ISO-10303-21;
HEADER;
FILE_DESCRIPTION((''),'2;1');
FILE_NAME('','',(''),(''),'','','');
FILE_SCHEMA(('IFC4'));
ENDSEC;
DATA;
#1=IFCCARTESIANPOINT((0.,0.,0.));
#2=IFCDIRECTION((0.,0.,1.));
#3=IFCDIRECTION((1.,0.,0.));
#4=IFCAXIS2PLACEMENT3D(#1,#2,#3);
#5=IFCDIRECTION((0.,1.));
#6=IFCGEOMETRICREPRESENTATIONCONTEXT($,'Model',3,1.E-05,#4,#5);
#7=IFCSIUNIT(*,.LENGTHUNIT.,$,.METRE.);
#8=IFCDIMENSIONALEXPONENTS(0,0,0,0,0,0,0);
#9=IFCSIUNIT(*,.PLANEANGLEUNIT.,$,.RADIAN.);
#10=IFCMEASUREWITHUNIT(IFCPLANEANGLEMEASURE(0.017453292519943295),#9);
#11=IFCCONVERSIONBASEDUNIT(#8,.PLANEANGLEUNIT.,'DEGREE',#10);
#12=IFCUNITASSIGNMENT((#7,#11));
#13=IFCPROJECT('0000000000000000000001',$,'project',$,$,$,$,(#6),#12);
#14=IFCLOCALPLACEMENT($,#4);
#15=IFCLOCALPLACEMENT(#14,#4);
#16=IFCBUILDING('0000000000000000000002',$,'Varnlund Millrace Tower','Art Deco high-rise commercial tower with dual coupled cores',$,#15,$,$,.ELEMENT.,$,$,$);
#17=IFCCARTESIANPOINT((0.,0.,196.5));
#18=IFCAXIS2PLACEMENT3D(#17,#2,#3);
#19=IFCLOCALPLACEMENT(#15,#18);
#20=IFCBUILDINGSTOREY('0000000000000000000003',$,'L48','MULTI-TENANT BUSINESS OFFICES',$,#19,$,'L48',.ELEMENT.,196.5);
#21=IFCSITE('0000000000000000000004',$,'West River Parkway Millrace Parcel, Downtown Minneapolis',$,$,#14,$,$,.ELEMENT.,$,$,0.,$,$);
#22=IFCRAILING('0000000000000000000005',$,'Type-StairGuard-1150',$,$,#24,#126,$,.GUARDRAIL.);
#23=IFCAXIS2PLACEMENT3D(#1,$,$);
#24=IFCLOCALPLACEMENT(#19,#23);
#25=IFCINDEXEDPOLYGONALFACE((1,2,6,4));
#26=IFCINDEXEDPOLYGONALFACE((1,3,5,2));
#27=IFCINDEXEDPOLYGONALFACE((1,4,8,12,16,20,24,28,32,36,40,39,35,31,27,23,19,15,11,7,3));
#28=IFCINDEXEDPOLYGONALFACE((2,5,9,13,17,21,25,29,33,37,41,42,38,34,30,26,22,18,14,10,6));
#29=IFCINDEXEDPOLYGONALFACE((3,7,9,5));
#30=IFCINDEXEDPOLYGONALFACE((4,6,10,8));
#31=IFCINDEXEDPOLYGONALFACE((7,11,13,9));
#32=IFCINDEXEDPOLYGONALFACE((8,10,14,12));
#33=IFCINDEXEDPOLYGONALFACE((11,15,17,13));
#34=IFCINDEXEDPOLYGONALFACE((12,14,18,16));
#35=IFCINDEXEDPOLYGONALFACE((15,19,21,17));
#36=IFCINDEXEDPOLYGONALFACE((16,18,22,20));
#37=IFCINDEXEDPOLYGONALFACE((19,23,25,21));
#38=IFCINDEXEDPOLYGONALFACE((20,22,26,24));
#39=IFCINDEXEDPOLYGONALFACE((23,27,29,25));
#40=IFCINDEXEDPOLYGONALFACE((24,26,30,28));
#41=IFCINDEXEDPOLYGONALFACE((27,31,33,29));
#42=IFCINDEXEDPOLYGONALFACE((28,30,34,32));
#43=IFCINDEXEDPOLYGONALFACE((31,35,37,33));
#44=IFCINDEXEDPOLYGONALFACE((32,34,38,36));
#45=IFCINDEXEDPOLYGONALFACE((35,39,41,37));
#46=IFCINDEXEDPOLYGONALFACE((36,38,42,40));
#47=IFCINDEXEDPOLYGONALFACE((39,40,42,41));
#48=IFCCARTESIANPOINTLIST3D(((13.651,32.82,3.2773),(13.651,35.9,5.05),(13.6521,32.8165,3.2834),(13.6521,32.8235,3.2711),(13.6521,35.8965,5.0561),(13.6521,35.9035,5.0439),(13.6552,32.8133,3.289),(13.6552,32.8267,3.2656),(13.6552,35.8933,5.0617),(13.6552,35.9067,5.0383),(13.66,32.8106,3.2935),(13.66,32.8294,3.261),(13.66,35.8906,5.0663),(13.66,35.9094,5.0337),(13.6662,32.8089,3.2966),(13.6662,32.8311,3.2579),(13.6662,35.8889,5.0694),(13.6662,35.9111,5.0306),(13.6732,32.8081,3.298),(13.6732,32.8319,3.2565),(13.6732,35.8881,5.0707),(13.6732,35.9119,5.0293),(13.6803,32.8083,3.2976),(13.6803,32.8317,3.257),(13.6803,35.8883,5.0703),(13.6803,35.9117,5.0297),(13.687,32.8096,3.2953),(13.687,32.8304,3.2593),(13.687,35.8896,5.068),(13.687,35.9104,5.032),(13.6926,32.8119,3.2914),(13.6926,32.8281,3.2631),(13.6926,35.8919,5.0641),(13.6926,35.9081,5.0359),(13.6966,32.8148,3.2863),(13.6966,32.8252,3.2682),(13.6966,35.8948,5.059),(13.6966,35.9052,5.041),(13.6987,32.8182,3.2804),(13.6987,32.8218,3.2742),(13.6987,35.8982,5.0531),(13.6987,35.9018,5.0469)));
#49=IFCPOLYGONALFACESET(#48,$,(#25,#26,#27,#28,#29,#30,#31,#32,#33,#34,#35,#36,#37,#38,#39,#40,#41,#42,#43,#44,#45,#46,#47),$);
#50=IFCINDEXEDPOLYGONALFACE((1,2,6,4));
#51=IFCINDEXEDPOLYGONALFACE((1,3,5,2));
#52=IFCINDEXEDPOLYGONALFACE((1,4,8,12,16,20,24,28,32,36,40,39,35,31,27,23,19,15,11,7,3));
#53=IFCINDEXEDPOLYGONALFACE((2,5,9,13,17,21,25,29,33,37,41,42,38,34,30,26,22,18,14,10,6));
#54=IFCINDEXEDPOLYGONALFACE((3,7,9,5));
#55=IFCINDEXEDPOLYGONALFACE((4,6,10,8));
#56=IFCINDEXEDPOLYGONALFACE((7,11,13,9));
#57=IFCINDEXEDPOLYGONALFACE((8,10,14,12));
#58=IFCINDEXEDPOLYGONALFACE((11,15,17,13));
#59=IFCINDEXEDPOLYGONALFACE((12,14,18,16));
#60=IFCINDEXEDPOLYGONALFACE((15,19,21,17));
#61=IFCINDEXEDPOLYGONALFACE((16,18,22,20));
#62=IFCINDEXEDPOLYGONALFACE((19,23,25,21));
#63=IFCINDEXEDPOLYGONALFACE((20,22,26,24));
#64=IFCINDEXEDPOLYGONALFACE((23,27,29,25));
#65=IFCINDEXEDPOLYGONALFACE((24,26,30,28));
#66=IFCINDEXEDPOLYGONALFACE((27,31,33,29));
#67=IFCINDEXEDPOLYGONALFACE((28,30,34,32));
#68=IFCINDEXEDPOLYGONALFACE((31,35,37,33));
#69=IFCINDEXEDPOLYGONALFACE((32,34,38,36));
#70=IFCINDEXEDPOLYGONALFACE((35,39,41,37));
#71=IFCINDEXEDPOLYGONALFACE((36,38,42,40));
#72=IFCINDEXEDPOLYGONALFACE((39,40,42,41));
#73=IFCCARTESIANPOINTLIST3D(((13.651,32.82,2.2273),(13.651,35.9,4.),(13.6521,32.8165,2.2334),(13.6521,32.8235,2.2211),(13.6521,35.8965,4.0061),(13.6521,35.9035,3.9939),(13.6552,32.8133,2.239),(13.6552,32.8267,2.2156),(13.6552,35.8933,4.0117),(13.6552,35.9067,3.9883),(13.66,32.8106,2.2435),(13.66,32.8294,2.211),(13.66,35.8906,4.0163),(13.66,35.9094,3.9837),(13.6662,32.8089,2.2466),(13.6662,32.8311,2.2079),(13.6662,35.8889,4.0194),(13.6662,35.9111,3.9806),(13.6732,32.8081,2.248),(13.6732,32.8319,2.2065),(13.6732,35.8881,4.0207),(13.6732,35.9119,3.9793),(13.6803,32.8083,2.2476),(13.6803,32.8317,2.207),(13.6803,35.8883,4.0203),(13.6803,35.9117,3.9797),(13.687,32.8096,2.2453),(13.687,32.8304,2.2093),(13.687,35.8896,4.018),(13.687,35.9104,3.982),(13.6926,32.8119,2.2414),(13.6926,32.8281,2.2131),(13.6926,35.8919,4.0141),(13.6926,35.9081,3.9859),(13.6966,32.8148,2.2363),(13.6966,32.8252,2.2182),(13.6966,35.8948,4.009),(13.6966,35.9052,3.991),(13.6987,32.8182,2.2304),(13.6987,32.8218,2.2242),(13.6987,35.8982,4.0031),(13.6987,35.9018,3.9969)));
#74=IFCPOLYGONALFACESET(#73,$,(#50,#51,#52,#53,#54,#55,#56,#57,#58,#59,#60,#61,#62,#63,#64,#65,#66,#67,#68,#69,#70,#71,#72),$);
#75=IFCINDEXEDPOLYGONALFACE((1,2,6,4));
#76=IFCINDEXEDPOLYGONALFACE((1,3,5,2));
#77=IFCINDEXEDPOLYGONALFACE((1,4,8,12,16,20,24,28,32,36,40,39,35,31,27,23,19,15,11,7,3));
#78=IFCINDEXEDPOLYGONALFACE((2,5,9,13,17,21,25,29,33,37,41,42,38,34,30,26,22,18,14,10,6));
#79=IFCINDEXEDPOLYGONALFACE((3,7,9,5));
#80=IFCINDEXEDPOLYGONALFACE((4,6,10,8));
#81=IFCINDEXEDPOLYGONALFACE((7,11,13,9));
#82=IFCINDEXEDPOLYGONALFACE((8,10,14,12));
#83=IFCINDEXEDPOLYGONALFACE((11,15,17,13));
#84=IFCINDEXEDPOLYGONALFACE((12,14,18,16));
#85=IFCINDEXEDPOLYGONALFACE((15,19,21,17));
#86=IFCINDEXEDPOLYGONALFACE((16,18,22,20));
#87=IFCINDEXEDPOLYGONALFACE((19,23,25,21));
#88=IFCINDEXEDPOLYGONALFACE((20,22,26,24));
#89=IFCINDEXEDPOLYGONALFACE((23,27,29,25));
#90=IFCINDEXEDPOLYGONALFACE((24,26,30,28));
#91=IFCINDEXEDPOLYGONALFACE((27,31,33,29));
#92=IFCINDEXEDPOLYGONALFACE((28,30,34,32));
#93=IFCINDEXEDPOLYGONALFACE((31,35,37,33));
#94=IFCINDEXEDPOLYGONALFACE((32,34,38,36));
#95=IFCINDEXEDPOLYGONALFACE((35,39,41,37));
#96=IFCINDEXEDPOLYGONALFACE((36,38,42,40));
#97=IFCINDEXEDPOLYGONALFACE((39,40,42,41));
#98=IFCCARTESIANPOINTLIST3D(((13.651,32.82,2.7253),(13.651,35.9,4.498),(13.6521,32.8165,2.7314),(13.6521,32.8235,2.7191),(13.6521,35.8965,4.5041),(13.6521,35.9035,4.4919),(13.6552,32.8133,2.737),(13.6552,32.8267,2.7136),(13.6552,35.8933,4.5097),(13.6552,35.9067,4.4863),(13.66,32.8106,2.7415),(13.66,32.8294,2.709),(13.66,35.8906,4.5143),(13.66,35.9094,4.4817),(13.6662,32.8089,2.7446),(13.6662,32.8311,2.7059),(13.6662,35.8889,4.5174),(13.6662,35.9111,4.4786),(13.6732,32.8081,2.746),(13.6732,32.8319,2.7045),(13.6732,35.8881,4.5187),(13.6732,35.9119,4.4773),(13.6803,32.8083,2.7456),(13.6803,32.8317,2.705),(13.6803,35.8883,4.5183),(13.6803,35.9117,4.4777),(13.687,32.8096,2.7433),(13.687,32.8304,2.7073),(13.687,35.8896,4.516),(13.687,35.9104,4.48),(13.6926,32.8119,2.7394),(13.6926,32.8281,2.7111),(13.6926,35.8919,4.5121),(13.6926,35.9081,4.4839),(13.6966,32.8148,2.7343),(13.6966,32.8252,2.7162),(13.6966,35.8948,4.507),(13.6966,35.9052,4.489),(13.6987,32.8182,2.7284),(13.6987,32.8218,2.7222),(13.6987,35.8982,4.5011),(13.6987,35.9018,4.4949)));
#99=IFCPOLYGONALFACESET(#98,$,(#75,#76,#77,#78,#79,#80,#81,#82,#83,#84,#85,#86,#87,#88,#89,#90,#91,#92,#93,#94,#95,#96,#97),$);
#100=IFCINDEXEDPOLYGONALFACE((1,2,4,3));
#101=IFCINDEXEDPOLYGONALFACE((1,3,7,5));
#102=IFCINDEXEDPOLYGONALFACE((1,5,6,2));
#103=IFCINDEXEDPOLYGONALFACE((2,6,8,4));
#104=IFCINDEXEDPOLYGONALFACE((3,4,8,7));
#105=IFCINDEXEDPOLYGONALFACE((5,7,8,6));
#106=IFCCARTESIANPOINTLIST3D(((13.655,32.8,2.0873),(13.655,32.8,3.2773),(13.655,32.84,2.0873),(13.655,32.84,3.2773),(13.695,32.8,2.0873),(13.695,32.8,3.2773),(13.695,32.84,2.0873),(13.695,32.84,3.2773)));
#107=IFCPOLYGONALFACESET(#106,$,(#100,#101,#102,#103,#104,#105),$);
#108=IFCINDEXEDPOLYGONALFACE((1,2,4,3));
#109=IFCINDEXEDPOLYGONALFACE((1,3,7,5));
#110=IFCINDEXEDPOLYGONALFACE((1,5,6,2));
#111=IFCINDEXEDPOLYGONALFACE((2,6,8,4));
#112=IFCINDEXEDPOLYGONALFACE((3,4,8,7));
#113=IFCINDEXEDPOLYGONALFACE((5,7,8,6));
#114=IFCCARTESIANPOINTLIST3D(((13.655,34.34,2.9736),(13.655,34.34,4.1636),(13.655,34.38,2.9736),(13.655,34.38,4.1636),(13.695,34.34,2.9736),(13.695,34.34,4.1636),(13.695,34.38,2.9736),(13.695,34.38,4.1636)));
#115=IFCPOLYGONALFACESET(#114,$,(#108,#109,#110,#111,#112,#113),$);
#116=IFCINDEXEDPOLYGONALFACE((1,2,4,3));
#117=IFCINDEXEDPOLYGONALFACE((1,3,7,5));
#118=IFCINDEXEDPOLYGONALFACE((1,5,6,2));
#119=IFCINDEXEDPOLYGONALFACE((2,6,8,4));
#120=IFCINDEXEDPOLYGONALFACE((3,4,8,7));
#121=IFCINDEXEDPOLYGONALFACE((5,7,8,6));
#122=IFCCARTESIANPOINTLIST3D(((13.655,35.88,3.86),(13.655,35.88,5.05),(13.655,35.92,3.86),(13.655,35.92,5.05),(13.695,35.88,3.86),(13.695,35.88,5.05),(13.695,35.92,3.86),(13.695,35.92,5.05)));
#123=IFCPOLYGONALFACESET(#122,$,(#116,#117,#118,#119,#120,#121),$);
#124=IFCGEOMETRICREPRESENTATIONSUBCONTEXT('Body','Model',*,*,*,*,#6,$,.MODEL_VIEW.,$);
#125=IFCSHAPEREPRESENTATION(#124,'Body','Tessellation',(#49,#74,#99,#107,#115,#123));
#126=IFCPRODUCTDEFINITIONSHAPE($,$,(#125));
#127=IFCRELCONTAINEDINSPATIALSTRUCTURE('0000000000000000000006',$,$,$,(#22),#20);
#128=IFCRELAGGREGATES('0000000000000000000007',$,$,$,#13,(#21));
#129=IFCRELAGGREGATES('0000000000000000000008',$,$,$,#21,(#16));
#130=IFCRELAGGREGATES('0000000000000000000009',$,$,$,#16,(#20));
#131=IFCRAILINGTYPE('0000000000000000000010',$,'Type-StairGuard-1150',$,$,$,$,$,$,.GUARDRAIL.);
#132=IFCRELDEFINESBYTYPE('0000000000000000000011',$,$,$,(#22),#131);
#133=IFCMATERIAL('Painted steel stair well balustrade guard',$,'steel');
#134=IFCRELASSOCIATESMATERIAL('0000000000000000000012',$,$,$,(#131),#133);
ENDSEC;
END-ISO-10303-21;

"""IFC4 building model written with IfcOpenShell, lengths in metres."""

from ifc_helpers import new_model, entity, si_unit, converted_unit, direction, frame, origin_with_axes, origin_2d_with_axis, place, context, subcontext, project, spatial, rectangle, circle, extrude, material, type_object, element, save


model = new_model("IFC4")

# Units and contexts
model_context = context("Model", 3, precision=1e-05, world=origin_with_axes(), true_north=direction((0.0, 1.0)))
body_context = subcontext(model_context, "Body", "Model", "MODEL_VIEW")
ifc_project = project(units=[si_unit("LENGTHUNIT", "METRE"), converted_unit("PLANEANGLEUNIT", "DEGREE", entity("IfcPlaneAngleMeasure", 0.017453292519943295), si_unit("PLANEANGLEUNIT", "RADIAN"), dimensions=[0, 0, 0, 0, 0, 0, 0])], contexts=[model_context])

# Site, building, storey
site_placement = place(None, origin_with_axes())
site = spatial("IfcSite", under=ifc_project, at=site_placement, Name="West River Parkway Millrace Parcel, Downtown Minneapolis", CompositionType="ELEMENT", RefElevation=0.0)
building_placement = place(site_placement, origin_with_axes())
building = spatial("IfcBuilding", under=site, at=building_placement, Name="Varnlund Millrace Tower", Description="Art Deco high-rise commercial tower with dual coupled cores", CompositionType="ELEMENT")
storey_placement = place(building_placement, frame((0.0, 0.0, 196.5), z_axis=(0.0, 0.0, 1.0), x_axis=(1.0, 0.0, 0.0)))
storey = spatial("IfcBuildingStorey", under=building, at=storey_placement, Name="L48", Description="MULTI-TENANT BUSINESS OFFICES", LongName="L48", CompositionType="ELEMENT", Elevation=196.5)

# Railing
ifc_material_1 = material(Name="Painted steel stair well balustrade guard", Category="steel")
railing_type_1 = type_object("IfcRailingType", Name="Type-StairGuard-1150", PredefinedType="GUARDRAIL", material=ifc_material_1)
railing_1_placement = place(storey_placement, frame((0.0, 0.0, -196.5), z_axis=(0.0, 0.0, 1.0), x_axis=(1.0, 0.0, 0.0)))
element("IfcRailing", 1, at=railing_1_placement, inside=storey, type_object=railing_type_1, Name="Type-StairGuard-1150", PredefinedType="GUARDRAIL", context=body_context, shape_type="SweptSolid", body=[
    extrude(circle(Radius=0.024, at=origin_2d_with_axis()), frame((13.675, 32.82, 199.7773), z_axis=(0.0, 0.866696, 0.498836), x_axis=(-1.0, 0.0, 0.0)), (0.0, 0.0, 1.0), 3.5537),
    extrude(circle(Radius=0.024, at=origin_2d_with_axis()), frame((13.675, 32.82, 198.7273), z_axis=(0.0, 0.866696, 0.498836), x_axis=(-1.0, 0.0, 0.0)), (0.0, 0.0, 1.0), 3.5537),
    extrude(circle(Radius=0.024, at=origin_2d_with_axis()), frame((13.675, 32.82, 199.2253), z_axis=(0.0, 0.866696, 0.498836), x_axis=(-1.0, 0.0, 0.0)), (0.0, 0.0, 1.0), 3.5537),
    extrude(rectangle(XDim=0.04, YDim=0.04, at=origin_2d_with_axis()), frame((13.675, 32.82, 198.5873), z_axis=(0.0, 0.0, 1.0), x_axis=(1.0, 0.0, 0.0)), (0.0, 0.0, 1.0), 1.19),
    extrude(rectangle(XDim=0.04, YDim=0.04, at=origin_2d_with_axis()), frame((13.675, 34.36, 199.4736), z_axis=(0.0, 0.0, 1.0), x_axis=(1.0, 0.0, 0.0)), (0.0, 0.0, 1.0), 1.19),
    extrude(rectangle(XDim=0.04, YDim=0.04, at=origin_2d_with_axis()), frame((13.675, 35.9, 200.36), z_axis=(0.0, 0.0, 1.0), x_axis=(1.0, 0.0, 0.0)), (0.0, 0.0, 1.0), 1.19),
])

save(model, "model.ifc")
